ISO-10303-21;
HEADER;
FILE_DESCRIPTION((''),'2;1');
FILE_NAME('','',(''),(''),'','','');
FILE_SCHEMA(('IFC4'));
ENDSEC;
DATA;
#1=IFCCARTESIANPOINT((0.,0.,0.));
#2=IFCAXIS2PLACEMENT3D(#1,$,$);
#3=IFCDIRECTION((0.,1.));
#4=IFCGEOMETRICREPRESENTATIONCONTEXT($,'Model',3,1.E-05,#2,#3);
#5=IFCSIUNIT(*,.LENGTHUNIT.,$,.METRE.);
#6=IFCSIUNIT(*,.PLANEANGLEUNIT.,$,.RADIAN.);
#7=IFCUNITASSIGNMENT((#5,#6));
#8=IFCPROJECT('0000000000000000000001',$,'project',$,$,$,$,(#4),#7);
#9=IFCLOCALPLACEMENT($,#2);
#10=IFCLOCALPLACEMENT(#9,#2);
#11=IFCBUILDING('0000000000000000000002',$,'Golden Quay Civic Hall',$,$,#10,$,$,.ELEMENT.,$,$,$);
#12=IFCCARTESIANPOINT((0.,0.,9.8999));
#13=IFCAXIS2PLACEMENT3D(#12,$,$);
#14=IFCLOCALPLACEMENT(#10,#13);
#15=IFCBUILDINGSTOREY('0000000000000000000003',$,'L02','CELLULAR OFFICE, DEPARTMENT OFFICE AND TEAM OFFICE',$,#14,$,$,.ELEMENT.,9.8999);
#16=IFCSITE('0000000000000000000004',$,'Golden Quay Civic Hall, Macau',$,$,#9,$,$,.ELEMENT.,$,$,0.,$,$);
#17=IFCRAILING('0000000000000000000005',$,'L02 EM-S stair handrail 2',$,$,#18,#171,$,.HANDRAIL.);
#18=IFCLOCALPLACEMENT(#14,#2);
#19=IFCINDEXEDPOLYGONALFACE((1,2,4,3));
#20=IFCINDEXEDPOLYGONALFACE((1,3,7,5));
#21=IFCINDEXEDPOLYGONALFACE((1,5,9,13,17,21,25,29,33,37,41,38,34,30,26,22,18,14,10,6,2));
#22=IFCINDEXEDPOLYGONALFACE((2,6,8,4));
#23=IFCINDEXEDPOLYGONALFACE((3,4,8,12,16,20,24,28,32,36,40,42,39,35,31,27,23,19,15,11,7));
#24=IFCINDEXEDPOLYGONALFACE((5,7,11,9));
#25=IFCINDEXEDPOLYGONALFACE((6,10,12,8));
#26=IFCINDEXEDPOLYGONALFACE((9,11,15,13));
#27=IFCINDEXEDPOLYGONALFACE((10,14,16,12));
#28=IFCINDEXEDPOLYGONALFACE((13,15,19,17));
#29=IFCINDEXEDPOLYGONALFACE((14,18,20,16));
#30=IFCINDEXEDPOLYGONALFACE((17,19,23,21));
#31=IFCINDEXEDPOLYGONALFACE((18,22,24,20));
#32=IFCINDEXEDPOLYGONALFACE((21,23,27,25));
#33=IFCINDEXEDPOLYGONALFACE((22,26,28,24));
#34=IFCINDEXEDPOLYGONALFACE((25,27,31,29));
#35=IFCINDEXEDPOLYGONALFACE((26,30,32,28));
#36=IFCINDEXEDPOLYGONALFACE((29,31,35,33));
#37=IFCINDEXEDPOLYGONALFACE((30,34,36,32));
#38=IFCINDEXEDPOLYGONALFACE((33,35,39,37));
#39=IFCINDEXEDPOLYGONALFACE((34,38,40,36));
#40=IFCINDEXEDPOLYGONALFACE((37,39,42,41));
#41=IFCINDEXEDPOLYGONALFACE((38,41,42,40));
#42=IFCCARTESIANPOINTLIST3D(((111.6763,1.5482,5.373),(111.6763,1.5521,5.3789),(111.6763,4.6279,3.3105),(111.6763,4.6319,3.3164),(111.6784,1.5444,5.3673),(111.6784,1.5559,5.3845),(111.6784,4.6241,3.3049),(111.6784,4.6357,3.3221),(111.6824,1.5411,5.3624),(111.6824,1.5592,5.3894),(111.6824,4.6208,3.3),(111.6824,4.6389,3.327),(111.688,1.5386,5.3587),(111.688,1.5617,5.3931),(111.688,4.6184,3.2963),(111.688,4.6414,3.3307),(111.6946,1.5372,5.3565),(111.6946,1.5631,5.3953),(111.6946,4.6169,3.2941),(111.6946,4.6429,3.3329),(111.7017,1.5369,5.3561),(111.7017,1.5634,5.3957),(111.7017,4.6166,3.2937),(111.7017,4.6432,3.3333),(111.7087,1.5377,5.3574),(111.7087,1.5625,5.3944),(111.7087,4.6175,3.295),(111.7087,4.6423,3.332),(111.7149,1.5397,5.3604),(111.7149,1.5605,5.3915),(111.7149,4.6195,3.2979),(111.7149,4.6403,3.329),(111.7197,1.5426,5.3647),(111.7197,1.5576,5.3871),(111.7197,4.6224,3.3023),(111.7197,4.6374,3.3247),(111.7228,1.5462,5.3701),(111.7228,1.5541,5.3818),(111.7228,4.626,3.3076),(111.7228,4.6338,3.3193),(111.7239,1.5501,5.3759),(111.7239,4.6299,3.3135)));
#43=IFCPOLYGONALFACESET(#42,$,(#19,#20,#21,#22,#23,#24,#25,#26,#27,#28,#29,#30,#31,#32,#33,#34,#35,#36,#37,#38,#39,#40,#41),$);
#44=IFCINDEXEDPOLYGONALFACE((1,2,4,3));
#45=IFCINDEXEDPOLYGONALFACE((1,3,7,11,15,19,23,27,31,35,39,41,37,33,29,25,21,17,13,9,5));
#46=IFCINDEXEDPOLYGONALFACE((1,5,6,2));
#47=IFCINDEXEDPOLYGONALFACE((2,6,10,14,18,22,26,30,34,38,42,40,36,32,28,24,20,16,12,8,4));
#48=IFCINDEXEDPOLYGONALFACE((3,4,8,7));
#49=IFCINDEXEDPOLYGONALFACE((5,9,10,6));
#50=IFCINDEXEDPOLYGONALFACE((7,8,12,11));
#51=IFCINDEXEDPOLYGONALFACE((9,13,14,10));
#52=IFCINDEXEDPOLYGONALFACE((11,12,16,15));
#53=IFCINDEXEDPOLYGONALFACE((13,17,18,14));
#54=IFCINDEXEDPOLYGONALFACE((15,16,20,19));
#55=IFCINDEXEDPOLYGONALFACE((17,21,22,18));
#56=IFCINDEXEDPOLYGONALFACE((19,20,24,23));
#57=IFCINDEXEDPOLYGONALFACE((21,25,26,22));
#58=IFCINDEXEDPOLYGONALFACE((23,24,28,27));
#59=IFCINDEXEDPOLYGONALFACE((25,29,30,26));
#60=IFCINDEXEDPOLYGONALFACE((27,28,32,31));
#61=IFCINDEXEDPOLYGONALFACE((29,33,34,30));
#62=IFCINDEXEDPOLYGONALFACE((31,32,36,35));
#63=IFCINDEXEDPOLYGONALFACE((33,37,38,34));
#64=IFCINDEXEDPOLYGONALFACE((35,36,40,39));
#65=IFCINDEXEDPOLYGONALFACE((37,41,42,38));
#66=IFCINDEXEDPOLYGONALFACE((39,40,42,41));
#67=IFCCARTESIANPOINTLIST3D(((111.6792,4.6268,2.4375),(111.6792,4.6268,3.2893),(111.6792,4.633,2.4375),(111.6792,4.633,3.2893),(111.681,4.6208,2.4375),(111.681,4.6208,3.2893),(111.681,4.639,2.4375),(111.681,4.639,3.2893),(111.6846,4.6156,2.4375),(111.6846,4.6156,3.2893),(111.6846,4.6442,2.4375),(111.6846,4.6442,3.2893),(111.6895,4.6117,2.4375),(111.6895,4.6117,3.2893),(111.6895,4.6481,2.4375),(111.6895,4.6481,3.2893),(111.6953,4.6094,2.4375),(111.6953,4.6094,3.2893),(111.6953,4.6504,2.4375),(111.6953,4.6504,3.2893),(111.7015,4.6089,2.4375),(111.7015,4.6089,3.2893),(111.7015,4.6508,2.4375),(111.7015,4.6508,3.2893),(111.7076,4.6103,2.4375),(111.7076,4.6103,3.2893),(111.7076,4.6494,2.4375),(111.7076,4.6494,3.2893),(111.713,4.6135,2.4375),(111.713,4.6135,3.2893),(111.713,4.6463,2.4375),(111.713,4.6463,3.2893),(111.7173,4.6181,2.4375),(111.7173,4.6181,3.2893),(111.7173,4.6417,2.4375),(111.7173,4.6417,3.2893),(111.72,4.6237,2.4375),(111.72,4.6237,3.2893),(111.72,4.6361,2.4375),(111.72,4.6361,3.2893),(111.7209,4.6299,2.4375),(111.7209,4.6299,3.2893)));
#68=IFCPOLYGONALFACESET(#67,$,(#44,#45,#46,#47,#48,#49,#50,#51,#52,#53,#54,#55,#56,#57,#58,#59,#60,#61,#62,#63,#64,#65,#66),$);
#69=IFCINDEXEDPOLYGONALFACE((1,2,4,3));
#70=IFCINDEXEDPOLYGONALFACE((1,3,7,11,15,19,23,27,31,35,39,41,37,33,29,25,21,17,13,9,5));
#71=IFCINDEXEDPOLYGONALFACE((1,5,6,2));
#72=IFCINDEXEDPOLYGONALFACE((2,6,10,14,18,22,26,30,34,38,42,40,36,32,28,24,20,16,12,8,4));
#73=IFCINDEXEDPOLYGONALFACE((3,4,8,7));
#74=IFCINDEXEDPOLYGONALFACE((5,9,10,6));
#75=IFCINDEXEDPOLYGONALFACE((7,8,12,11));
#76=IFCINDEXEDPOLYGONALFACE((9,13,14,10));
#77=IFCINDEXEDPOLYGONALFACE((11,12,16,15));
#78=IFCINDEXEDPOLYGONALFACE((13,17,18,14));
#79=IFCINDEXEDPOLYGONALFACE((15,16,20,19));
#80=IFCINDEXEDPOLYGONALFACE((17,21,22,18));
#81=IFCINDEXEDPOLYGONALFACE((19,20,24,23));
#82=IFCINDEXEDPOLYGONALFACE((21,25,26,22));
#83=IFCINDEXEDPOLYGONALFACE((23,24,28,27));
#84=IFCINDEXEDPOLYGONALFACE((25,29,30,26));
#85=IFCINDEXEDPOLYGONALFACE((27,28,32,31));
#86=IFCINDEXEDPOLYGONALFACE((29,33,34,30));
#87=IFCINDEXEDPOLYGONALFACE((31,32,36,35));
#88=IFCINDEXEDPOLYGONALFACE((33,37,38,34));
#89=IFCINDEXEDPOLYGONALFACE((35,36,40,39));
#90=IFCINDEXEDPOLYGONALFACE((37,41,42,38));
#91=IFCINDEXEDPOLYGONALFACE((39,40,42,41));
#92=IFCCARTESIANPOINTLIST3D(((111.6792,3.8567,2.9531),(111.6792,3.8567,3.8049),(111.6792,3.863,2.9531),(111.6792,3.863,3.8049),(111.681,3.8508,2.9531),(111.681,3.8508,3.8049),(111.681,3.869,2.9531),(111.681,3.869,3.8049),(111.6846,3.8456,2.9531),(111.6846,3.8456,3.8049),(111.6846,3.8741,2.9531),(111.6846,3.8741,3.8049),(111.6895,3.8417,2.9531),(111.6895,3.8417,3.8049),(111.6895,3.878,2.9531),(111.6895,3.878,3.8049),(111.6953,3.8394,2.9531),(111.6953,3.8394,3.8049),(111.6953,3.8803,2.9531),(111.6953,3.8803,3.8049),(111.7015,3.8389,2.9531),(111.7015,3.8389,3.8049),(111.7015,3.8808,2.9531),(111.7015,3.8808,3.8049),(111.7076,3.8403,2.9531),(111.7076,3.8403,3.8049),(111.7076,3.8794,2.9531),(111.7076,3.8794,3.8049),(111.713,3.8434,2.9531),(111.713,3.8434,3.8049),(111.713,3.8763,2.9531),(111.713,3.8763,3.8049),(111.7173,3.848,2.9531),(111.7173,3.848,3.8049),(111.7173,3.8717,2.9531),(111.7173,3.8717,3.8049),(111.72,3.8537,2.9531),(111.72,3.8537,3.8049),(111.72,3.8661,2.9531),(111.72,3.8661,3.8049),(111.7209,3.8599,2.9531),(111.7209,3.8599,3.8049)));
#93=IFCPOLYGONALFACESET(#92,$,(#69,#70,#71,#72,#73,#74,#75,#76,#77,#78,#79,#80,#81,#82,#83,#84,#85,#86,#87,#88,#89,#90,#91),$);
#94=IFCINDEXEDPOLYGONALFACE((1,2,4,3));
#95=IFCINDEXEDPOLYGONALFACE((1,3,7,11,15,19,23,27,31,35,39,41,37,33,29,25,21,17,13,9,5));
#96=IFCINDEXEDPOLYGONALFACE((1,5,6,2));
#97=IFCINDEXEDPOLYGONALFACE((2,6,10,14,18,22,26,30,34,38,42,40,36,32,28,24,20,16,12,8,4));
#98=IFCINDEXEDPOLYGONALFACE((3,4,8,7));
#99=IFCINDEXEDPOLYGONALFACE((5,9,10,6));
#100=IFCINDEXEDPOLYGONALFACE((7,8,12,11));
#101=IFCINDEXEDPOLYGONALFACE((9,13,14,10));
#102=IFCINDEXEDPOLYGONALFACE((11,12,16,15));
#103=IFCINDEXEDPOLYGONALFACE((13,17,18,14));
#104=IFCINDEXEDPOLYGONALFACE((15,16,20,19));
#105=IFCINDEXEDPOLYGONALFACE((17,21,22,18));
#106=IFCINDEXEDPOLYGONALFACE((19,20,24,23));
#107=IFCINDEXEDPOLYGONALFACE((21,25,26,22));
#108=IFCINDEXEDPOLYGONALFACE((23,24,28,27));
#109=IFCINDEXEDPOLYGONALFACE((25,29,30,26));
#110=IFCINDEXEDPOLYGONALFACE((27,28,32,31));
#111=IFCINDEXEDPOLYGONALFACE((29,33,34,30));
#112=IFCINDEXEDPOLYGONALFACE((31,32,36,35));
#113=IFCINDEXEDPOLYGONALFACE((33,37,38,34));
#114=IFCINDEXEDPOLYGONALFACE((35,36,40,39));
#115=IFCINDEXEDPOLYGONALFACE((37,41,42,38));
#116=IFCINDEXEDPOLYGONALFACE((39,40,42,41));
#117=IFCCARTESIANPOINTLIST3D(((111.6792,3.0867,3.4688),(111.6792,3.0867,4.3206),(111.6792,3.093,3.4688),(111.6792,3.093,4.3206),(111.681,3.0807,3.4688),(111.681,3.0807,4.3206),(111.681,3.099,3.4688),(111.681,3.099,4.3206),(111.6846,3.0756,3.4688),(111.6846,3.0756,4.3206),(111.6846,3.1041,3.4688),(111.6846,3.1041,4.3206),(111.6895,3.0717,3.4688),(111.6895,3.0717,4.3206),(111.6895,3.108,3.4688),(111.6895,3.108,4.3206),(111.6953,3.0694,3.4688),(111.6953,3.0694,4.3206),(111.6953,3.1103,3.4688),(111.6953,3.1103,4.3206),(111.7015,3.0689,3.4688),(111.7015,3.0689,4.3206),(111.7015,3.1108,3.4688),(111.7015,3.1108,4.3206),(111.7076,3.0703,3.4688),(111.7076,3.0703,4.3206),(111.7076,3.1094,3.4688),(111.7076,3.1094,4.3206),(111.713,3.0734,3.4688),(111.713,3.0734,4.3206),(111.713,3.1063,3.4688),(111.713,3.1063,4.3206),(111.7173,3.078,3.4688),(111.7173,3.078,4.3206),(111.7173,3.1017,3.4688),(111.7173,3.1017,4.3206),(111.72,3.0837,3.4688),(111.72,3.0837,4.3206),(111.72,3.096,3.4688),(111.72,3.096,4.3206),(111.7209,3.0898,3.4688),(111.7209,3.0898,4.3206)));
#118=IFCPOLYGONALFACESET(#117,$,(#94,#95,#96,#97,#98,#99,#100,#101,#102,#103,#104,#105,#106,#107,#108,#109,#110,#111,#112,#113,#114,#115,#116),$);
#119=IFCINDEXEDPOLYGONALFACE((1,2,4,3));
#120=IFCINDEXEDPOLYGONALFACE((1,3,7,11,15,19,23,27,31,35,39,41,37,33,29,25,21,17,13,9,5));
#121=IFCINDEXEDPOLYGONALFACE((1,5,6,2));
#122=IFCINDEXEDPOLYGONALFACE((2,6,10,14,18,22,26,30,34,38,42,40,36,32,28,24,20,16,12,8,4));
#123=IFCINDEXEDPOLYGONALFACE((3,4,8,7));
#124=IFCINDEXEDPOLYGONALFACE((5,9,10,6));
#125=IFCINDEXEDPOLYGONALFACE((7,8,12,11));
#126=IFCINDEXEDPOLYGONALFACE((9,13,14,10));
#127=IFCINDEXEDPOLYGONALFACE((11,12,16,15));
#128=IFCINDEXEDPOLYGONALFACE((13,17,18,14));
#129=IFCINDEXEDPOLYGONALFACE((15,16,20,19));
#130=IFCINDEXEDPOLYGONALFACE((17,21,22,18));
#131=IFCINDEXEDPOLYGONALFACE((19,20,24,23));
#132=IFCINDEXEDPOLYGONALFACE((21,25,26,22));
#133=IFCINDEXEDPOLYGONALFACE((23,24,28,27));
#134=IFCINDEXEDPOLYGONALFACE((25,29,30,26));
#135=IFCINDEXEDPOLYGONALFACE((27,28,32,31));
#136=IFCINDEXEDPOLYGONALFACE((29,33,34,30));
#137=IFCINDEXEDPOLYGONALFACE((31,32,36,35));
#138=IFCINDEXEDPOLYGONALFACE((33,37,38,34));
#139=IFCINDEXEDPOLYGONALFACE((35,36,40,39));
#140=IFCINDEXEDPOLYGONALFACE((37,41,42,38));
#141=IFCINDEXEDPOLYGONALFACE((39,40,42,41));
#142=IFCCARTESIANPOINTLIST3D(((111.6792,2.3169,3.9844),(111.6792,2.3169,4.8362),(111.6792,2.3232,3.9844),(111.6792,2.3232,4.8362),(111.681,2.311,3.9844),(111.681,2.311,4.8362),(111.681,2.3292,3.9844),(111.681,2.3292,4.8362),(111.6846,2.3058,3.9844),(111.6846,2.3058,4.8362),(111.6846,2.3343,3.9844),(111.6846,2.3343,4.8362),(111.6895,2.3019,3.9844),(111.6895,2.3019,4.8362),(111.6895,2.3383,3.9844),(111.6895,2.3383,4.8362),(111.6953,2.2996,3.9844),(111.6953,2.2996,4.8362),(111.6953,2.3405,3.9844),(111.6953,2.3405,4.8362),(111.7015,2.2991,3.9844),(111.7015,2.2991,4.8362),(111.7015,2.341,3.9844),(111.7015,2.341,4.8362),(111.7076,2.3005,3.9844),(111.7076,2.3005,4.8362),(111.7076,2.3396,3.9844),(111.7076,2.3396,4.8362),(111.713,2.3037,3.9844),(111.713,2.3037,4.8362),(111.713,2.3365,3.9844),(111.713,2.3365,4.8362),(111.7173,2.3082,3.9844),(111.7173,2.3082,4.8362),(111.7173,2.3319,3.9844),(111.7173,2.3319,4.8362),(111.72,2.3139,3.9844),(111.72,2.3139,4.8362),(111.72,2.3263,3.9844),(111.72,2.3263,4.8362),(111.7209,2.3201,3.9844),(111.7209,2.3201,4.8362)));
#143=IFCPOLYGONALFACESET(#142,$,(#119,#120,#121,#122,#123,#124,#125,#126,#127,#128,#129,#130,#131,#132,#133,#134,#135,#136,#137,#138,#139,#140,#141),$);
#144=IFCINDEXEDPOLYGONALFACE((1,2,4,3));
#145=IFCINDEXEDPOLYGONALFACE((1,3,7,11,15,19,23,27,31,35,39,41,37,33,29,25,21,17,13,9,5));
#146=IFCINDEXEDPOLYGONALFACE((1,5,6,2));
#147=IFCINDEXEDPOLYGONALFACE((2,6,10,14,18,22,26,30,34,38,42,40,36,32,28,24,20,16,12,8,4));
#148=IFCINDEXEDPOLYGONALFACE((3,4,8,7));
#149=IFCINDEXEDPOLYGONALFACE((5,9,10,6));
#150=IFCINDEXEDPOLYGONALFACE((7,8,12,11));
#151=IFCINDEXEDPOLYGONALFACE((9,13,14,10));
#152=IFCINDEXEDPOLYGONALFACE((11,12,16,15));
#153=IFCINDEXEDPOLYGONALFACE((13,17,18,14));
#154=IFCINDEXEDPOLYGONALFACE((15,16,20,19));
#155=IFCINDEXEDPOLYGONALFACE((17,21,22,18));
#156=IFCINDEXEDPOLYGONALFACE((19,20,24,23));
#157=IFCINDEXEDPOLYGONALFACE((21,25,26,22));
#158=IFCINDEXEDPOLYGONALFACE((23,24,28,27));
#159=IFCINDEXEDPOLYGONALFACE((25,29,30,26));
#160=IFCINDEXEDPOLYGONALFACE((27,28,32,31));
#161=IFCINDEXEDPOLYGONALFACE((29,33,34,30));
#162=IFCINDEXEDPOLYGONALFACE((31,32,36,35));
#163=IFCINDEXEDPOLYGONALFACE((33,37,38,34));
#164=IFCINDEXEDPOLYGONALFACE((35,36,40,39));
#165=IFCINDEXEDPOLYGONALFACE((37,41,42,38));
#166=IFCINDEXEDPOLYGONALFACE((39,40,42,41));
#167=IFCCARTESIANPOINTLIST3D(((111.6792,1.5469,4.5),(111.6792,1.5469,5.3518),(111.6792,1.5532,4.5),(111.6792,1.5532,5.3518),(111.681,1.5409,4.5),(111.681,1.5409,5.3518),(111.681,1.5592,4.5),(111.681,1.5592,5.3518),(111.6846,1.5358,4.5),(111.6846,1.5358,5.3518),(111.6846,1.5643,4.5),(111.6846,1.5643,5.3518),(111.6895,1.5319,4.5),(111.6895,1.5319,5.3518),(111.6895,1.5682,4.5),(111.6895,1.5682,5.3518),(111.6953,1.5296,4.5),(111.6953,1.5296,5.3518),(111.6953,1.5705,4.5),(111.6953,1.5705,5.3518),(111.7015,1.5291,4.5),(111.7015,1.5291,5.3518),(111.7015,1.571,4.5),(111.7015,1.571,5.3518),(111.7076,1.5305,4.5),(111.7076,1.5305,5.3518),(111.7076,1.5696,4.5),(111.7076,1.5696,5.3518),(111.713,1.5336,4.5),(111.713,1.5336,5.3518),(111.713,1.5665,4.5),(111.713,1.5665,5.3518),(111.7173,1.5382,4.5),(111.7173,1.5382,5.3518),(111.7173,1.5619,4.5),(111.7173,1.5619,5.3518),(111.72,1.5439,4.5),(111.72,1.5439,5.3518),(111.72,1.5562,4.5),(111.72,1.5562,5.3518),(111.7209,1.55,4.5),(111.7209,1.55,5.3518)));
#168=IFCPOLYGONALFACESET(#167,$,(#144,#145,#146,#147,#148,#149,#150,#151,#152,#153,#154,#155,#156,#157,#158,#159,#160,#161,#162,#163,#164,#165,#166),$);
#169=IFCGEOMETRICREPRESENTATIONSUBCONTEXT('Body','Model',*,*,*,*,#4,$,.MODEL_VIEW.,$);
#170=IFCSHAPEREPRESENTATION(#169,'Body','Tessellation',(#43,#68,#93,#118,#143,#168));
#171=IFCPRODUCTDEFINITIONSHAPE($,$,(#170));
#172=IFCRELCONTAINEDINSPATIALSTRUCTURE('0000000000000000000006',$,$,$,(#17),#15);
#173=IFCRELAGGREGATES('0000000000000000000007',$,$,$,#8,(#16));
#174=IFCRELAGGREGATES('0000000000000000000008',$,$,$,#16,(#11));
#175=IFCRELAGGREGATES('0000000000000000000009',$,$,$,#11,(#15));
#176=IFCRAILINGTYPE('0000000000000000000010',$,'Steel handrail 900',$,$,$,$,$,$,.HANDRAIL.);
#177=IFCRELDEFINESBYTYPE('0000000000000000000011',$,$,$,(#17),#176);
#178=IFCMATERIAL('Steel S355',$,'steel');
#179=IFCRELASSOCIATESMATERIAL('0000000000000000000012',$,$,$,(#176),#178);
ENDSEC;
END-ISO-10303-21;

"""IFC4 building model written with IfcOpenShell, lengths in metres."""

from ifc_helpers import new_model, si_unit, direction, frame, origin, origin_2d, place, context, subcontext, project, spatial, circle, extrude, material, type_object, element, save


model = new_model("IFC4")

# Units and contexts
model_context = context("Model", 3, precision=1e-05, world=origin(), true_north=direction((0.0, 1.0)))
body_context = subcontext(model_context, "Body", "Model", "MODEL_VIEW")
ifc_project = project(units=[si_unit("LENGTHUNIT", "METRE"), si_unit("PLANEANGLEUNIT", "RADIAN")], contexts=[model_context])

# Site, building, storey
site_placement = place(None, origin())
site = spatial("IfcSite", under=ifc_project, at=site_placement, Name="Golden Quay Civic Hall, Macau", CompositionType="ELEMENT", RefElevation=0.0)
building_placement = place(site_placement, origin())
building = spatial("IfcBuilding", under=site, at=building_placement, Name="Golden Quay Civic Hall", CompositionType="ELEMENT")
storey_placement = place(building_placement, frame((0.0, 0.0, 9.8999)))
storey = spatial("IfcBuildingStorey", under=building, at=storey_placement, Name="L02", Description="CELLULAR OFFICE, DEPARTMENT OFFICE AND TEAM OFFICE", CompositionType="ELEMENT", Elevation=9.8999)

# Railing
ifc_material_1 = material(Name="Steel S355", Category="steel")
railing_type = type_object("IfcRailingType", Name="Steel handrail 900", PredefinedType="HANDRAIL", material=ifc_material_1)
railing_placement = place(storey_placement, frame((111.7, 4.6299, 2.4375)))
element("IfcRailing", 1, at=railing_placement, inside=storey, type_object=railing_type, Name="L02 EM-S stair handrail 2", PredefinedType="HANDRAIL", context=body_context, shape_type="SweptSolid", body=[
    extrude(circle(Radius=0.0239, at=origin_2d()), frame((0.0, 0.0, 0.876), z_axis=(0.0, -0.830893, 0.556432), x_axis=(1.0, 0.0, 0.0)), (0.0, 0.0, 1.0), 3.7065),
    extrude(circle(Radius=0.021, at=origin_2d()), origin(), (0.0, 0.0, 1.0), 0.8518),
    extrude(circle(Radius=0.021, at=origin_2d()), frame((0.0, -0.77, 0.5156)), (0.0, 0.0, 1.0), 0.8518),
    extrude(circle(Radius=0.021, at=origin_2d()), frame((0.0, -1.54, 1.0312)), (0.0, 0.0, 1.0), 0.8518),
    extrude(circle(Radius=0.021, at=origin_2d()), frame((0.0, -2.3098, 1.5469)), (0.0, 0.0, 1.0), 0.8518),
    extrude(circle(Radius=0.021, at=origin_2d()), frame((0.0, -3.0798, 2.0625)), (0.0, 0.0, 1.0), 0.8518),
])

save(model, "model.ifc")
